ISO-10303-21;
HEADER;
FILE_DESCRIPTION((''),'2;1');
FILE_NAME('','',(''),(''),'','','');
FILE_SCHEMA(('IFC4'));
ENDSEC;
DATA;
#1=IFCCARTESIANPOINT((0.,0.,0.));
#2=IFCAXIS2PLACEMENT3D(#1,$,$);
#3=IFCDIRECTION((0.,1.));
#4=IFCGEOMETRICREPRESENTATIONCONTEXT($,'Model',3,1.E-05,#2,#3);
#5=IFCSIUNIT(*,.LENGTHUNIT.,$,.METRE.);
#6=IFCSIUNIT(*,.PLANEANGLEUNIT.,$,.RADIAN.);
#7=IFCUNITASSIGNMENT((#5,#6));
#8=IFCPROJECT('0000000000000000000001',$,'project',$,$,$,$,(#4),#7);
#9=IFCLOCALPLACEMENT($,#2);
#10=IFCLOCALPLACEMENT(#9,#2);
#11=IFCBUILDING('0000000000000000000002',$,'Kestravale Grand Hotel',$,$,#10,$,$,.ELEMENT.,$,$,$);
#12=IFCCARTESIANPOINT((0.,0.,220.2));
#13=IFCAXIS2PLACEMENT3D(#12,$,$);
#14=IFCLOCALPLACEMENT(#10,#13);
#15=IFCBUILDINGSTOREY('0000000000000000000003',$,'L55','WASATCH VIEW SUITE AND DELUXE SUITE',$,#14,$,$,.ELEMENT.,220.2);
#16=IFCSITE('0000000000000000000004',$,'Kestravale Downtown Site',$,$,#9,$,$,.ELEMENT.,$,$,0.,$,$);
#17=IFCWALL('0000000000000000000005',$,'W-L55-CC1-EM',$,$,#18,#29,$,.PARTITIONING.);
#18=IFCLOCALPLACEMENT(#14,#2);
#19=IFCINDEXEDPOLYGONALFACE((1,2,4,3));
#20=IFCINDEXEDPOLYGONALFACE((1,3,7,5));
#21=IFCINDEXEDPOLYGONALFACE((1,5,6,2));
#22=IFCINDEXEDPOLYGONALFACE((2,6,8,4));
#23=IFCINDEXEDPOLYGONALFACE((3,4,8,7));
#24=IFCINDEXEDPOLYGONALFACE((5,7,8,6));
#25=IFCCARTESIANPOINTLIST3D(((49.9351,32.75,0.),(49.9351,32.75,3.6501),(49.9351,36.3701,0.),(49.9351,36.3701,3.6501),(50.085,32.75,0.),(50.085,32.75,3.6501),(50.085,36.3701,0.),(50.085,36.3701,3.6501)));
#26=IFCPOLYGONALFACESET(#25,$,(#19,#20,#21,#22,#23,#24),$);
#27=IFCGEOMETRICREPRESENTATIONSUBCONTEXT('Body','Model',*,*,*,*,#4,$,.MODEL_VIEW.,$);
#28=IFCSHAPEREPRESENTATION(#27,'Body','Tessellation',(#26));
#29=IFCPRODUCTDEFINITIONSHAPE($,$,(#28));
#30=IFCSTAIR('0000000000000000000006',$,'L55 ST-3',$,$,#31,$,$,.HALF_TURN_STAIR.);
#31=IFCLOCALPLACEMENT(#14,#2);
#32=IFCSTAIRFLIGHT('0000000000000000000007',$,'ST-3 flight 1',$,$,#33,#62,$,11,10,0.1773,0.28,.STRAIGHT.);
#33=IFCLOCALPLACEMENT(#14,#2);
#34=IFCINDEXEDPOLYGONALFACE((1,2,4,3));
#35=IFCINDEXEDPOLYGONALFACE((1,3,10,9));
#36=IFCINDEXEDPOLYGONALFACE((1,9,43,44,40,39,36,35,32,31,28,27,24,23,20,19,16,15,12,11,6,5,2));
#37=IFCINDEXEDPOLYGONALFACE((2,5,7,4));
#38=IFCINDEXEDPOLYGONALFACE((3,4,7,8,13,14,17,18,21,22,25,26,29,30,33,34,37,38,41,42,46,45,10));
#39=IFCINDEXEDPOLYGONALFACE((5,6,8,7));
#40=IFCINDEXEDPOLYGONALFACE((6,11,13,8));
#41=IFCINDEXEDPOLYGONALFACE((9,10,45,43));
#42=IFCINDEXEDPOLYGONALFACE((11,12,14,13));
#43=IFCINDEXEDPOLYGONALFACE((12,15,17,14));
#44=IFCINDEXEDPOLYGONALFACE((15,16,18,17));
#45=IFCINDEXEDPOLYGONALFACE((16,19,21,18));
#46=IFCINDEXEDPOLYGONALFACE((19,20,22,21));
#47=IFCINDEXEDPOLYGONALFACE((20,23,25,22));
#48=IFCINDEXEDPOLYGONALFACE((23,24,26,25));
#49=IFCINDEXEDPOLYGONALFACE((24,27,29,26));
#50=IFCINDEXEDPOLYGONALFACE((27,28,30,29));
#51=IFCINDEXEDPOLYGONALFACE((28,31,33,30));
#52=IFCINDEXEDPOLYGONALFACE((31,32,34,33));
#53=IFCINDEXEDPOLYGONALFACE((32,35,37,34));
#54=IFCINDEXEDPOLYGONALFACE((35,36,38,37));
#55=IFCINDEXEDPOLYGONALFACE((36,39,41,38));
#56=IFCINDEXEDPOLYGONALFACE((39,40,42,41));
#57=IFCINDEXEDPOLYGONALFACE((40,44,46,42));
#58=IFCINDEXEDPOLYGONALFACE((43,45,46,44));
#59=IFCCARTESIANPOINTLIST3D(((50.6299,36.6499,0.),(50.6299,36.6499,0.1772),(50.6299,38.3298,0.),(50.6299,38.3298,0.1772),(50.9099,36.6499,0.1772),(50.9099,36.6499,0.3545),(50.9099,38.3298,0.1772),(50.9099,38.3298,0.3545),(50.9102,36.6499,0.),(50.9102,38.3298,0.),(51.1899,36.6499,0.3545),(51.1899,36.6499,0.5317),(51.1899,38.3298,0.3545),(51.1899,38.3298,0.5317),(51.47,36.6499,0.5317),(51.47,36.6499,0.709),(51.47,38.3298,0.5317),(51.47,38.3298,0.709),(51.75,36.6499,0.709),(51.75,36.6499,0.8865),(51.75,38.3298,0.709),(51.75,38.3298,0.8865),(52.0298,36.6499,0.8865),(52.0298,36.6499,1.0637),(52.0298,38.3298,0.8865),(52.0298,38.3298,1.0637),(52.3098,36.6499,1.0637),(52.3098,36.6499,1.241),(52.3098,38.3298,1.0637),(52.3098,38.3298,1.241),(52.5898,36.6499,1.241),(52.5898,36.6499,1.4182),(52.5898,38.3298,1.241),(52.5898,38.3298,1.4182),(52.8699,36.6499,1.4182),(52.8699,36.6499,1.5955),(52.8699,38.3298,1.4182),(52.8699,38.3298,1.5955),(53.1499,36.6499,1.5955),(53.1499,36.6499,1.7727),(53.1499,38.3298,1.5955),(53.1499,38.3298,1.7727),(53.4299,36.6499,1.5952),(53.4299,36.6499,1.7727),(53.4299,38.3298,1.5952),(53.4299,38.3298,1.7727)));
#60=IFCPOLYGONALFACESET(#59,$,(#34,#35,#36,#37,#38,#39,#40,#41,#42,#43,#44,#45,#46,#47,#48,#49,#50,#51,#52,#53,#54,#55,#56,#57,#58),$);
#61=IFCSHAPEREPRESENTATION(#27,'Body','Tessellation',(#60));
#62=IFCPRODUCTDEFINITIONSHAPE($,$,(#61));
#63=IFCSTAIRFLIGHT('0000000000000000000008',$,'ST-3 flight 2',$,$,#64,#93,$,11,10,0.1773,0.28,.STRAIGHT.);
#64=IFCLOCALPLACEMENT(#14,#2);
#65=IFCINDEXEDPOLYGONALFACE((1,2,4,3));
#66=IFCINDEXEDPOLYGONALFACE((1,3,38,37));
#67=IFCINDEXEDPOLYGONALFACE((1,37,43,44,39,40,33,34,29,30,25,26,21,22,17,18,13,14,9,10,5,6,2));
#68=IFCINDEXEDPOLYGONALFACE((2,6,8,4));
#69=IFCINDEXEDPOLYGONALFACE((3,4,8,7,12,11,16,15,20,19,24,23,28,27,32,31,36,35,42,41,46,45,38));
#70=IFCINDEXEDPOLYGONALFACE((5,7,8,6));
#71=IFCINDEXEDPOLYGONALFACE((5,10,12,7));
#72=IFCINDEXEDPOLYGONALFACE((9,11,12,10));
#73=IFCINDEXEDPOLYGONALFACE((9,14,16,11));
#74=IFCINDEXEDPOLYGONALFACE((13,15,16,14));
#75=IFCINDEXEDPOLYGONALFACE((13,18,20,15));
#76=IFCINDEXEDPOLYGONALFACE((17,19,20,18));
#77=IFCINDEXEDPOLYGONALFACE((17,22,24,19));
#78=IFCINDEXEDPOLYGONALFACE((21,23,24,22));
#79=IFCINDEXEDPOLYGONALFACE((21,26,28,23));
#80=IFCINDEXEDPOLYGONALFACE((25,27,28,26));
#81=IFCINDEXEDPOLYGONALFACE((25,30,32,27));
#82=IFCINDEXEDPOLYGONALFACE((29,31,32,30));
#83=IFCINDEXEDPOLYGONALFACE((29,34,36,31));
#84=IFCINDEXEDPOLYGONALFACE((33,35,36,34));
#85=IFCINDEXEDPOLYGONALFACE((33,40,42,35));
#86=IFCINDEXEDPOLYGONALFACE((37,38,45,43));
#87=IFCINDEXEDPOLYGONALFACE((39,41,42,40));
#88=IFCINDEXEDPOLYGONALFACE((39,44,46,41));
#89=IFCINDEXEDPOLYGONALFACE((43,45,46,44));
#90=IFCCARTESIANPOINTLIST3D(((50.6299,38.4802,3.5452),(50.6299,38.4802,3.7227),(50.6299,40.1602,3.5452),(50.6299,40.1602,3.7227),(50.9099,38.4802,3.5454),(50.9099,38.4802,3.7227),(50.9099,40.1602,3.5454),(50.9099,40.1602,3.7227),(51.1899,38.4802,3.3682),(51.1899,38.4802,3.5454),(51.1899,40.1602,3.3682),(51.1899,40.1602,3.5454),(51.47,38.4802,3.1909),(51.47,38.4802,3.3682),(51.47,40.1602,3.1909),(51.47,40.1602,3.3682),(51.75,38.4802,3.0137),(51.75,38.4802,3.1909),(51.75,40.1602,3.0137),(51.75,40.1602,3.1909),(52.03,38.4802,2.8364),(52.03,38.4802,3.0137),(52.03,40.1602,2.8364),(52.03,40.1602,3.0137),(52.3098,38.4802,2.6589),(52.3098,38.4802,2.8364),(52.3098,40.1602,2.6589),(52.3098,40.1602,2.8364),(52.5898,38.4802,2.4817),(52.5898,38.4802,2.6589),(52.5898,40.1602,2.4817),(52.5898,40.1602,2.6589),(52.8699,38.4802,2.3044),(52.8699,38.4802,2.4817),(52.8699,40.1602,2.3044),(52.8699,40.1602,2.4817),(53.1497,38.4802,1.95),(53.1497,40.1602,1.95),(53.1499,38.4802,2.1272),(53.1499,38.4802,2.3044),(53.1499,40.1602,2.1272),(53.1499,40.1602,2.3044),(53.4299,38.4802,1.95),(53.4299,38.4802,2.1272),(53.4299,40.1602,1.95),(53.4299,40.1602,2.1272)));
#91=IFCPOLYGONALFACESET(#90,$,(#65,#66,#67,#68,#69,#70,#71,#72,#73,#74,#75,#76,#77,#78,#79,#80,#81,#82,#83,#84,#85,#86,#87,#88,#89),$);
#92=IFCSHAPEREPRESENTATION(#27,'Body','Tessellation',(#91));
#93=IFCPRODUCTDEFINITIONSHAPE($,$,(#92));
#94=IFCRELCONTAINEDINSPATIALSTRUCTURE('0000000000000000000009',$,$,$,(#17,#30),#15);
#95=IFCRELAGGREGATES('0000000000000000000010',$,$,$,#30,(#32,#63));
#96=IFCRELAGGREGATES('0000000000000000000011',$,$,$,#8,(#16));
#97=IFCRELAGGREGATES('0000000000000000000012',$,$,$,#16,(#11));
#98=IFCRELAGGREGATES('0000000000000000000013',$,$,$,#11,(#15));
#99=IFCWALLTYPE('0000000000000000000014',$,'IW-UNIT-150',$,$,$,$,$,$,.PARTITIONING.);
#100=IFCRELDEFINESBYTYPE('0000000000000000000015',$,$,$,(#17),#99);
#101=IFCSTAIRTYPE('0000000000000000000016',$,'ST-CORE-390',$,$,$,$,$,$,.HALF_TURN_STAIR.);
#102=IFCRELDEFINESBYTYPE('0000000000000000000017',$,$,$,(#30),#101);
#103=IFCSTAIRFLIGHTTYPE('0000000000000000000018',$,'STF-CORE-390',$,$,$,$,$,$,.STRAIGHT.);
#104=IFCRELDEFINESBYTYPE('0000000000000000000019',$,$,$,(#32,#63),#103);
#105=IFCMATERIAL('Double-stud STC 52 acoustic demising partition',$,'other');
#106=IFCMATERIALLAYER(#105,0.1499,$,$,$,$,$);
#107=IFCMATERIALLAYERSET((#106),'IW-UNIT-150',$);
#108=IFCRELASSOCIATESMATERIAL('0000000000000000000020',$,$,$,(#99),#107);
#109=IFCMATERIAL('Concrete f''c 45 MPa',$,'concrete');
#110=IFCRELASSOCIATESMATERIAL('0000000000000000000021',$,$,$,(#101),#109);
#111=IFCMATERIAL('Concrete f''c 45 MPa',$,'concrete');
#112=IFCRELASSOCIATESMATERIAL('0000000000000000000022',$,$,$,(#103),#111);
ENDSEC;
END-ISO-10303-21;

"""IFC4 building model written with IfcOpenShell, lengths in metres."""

from ifc_helpers import new_model, si_unit, direction, frame, frame_2d, origin, place, context, subcontext, project, spatial, polyline, rectangle, outline, extrude, material, layer, layer_set, type_object, element, aggregate, save


model = new_model("IFC4")

# Units and contexts
model_context = context("Model", 3, precision=1e-05, world=origin(), true_north=direction((0.0, 1.0)))
body_context = subcontext(model_context, "Body", "Model", "MODEL_VIEW")
ifc_project = project(units=[si_unit("LENGTHUNIT", "METRE"), si_unit("PLANEANGLEUNIT", "RADIAN")], contexts=[model_context])

# Site, building, storey
site_placement = place(None, origin())
site = spatial("IfcSite", under=ifc_project, at=site_placement, Name="Kestravale Downtown Site", CompositionType="ELEMENT", RefElevation=0.0)
building_placement = place(site_placement, origin())
building = spatial("IfcBuilding", under=site, at=building_placement, Name="Kestravale Grand Hotel", CompositionType="ELEMENT")
storey_placement = place(building_placement, frame((0.0, 0.0, 220.2)))
storey = spatial("IfcBuildingStorey", under=building, at=storey_placement, Name="L55", Description="WASATCH VIEW SUITE AND DELUXE SUITE", CompositionType="ELEMENT", Elevation=220.2)

# Wall
ifc_material_1 = material(Name="Double-stud STC 52 acoustic demising partition", Category="other")
ifc_layer_1 = layer(ifc_material_1, 0.1499)
ifc_layer_set_1 = layer_set([ifc_layer_1], Name="IW-UNIT-150")
wall_type_1 = type_object("IfcWallType", Name="IW-UNIT-150", PredefinedType="PARTITIONING", material=ifc_layer_set_1)
wall_1_placement = place(storey_placement, frame((50.01, 32.75, 0.0), z_axis=(0.0, 0.0, 1.0), x_axis=(0.0, 1.0, 0.0)))
element("IfcWall", 1, at=wall_1_placement, inside=storey, type_object=wall_type_1, Name="W-L55-CC1-EM", PredefinedType="PARTITIONING", context=body_context, shape_type="SweptSolid", body=[
    extrude(rectangle(XDim=3.6201, YDim=0.1499, at=frame_2d((1.8101, 0.0))), origin(), (0.0, 0.0, 1.0), 3.6501),
])

# Stair, stair flights
ifc_material_2 = material(Name="Concrete f'c 45 MPa", Category="concrete")
stair_type = type_object("IfcStairType", Name="ST-CORE-390", PredefinedType="HALF_TURN_STAIR", material=ifc_material_2)
stair_placement = place(storey_placement, origin())
stair = element("IfcStair", 2, at=stair_placement, inside=storey, type_object=stair_type, Name="L55 ST-3", PredefinedType="HALF_TURN_STAIR")
ifc_material_3 = material(Name="Concrete f'c 45 MPa", Category="concrete")
stair_flight_type = type_object("IfcStairFlightType", Name="STF-CORE-390", PredefinedType="STRAIGHT", material=ifc_material_3)
stair_flight_1_placement = place(storey_placement, frame((50.6299, 37.49, 0.0), z_axis=(0.0, 0.0, 1.0), x_axis=(1.0, 0.0, 0.0)))
stair_flight_1 = element("IfcStairFlight", 3, at=stair_flight_1_placement, type_object=stair_flight_type, Name="ST-3 flight 1", NumberOfRisers=11, NumberOfTreads=10, PredefinedType="STRAIGHT", RiserHeight=0.1773, TreadLength=0.28, context=body_context, shape_type="SweptSolid", body=[
    extrude(outline(polyline([(0.0, 0.0), (0.0, 0.1772), (0.28, 0.1772), (0.28, 0.3545), (0.5601, 0.3545), (0.5601, 0.5317), (0.8401, 0.5317), (0.8401, 0.709), (1.1201, 0.709), (1.1201, 0.8865), (1.3999, 0.8865), (1.3999, 1.0637), (1.6799, 1.0637), (1.6799, 1.241), (1.96, 1.241), (1.96, 1.4182), (2.24, 1.4182), (2.24, 1.5955), (2.52, 1.5955), (2.52, 1.7727), (2.8, 1.7727), (2.8, 1.95), (2.8, 1.5952), (0.2803, 0.0), (0.0, 0.0)])), frame((0.0, 0.8398, 0.0), z_axis=(0.0, -1.0, 0.0), x_axis=(1.0, 0.0, 0.0)), (0.0, 0.0, 1.0), 1.6799),
])
stair_flight_2_placement = place(storey_placement, frame((53.4299, 39.3201, 1.95), z_axis=(0.0, 0.0, 1.0), x_axis=(-1.0, 0.0, 0.0)))
stair_flight_2 = element("IfcStairFlight", 4, at=stair_flight_2_placement, type_object=stair_flight_type, Name="ST-3 flight 2", NumberOfRisers=11, NumberOfTreads=10, PredefinedType="STRAIGHT", RiserHeight=0.1773, TreadLength=0.28, context=body_context, shape_type="SweptSolid", body=[
    extrude(outline(polyline([(0.0, 0.0), (0.0, 0.1772), (0.28, 0.1772), (0.28, 0.3545), (0.5601, 0.3545), (0.5601, 0.5317), (0.8401, 0.5317), (0.8401, 0.709), (1.1201, 0.709), (1.1201, 0.8865), (1.3999, 0.8865), (1.3999, 1.0637), (1.6799, 1.0637), (1.6799, 1.241), (1.96, 1.241), (1.96, 1.4182), (2.24, 1.4182), (2.24, 1.5955), (2.52, 1.5955), (2.52, 1.7727), (2.8, 1.7727), (2.8, 1.95), (2.8, 1.5952), (0.2803, 0.0), (0.0, 0.0)])), frame((0.0, 0.8398, 0.0), z_axis=(0.0, -1.0, 0.0), x_axis=(1.0, 0.0, 0.0)), (0.0, 0.0, 1.0), 1.6799),
])
aggregate(stair, [stair_flight_1, stair_flight_2])

save(model, "model.ifc")
